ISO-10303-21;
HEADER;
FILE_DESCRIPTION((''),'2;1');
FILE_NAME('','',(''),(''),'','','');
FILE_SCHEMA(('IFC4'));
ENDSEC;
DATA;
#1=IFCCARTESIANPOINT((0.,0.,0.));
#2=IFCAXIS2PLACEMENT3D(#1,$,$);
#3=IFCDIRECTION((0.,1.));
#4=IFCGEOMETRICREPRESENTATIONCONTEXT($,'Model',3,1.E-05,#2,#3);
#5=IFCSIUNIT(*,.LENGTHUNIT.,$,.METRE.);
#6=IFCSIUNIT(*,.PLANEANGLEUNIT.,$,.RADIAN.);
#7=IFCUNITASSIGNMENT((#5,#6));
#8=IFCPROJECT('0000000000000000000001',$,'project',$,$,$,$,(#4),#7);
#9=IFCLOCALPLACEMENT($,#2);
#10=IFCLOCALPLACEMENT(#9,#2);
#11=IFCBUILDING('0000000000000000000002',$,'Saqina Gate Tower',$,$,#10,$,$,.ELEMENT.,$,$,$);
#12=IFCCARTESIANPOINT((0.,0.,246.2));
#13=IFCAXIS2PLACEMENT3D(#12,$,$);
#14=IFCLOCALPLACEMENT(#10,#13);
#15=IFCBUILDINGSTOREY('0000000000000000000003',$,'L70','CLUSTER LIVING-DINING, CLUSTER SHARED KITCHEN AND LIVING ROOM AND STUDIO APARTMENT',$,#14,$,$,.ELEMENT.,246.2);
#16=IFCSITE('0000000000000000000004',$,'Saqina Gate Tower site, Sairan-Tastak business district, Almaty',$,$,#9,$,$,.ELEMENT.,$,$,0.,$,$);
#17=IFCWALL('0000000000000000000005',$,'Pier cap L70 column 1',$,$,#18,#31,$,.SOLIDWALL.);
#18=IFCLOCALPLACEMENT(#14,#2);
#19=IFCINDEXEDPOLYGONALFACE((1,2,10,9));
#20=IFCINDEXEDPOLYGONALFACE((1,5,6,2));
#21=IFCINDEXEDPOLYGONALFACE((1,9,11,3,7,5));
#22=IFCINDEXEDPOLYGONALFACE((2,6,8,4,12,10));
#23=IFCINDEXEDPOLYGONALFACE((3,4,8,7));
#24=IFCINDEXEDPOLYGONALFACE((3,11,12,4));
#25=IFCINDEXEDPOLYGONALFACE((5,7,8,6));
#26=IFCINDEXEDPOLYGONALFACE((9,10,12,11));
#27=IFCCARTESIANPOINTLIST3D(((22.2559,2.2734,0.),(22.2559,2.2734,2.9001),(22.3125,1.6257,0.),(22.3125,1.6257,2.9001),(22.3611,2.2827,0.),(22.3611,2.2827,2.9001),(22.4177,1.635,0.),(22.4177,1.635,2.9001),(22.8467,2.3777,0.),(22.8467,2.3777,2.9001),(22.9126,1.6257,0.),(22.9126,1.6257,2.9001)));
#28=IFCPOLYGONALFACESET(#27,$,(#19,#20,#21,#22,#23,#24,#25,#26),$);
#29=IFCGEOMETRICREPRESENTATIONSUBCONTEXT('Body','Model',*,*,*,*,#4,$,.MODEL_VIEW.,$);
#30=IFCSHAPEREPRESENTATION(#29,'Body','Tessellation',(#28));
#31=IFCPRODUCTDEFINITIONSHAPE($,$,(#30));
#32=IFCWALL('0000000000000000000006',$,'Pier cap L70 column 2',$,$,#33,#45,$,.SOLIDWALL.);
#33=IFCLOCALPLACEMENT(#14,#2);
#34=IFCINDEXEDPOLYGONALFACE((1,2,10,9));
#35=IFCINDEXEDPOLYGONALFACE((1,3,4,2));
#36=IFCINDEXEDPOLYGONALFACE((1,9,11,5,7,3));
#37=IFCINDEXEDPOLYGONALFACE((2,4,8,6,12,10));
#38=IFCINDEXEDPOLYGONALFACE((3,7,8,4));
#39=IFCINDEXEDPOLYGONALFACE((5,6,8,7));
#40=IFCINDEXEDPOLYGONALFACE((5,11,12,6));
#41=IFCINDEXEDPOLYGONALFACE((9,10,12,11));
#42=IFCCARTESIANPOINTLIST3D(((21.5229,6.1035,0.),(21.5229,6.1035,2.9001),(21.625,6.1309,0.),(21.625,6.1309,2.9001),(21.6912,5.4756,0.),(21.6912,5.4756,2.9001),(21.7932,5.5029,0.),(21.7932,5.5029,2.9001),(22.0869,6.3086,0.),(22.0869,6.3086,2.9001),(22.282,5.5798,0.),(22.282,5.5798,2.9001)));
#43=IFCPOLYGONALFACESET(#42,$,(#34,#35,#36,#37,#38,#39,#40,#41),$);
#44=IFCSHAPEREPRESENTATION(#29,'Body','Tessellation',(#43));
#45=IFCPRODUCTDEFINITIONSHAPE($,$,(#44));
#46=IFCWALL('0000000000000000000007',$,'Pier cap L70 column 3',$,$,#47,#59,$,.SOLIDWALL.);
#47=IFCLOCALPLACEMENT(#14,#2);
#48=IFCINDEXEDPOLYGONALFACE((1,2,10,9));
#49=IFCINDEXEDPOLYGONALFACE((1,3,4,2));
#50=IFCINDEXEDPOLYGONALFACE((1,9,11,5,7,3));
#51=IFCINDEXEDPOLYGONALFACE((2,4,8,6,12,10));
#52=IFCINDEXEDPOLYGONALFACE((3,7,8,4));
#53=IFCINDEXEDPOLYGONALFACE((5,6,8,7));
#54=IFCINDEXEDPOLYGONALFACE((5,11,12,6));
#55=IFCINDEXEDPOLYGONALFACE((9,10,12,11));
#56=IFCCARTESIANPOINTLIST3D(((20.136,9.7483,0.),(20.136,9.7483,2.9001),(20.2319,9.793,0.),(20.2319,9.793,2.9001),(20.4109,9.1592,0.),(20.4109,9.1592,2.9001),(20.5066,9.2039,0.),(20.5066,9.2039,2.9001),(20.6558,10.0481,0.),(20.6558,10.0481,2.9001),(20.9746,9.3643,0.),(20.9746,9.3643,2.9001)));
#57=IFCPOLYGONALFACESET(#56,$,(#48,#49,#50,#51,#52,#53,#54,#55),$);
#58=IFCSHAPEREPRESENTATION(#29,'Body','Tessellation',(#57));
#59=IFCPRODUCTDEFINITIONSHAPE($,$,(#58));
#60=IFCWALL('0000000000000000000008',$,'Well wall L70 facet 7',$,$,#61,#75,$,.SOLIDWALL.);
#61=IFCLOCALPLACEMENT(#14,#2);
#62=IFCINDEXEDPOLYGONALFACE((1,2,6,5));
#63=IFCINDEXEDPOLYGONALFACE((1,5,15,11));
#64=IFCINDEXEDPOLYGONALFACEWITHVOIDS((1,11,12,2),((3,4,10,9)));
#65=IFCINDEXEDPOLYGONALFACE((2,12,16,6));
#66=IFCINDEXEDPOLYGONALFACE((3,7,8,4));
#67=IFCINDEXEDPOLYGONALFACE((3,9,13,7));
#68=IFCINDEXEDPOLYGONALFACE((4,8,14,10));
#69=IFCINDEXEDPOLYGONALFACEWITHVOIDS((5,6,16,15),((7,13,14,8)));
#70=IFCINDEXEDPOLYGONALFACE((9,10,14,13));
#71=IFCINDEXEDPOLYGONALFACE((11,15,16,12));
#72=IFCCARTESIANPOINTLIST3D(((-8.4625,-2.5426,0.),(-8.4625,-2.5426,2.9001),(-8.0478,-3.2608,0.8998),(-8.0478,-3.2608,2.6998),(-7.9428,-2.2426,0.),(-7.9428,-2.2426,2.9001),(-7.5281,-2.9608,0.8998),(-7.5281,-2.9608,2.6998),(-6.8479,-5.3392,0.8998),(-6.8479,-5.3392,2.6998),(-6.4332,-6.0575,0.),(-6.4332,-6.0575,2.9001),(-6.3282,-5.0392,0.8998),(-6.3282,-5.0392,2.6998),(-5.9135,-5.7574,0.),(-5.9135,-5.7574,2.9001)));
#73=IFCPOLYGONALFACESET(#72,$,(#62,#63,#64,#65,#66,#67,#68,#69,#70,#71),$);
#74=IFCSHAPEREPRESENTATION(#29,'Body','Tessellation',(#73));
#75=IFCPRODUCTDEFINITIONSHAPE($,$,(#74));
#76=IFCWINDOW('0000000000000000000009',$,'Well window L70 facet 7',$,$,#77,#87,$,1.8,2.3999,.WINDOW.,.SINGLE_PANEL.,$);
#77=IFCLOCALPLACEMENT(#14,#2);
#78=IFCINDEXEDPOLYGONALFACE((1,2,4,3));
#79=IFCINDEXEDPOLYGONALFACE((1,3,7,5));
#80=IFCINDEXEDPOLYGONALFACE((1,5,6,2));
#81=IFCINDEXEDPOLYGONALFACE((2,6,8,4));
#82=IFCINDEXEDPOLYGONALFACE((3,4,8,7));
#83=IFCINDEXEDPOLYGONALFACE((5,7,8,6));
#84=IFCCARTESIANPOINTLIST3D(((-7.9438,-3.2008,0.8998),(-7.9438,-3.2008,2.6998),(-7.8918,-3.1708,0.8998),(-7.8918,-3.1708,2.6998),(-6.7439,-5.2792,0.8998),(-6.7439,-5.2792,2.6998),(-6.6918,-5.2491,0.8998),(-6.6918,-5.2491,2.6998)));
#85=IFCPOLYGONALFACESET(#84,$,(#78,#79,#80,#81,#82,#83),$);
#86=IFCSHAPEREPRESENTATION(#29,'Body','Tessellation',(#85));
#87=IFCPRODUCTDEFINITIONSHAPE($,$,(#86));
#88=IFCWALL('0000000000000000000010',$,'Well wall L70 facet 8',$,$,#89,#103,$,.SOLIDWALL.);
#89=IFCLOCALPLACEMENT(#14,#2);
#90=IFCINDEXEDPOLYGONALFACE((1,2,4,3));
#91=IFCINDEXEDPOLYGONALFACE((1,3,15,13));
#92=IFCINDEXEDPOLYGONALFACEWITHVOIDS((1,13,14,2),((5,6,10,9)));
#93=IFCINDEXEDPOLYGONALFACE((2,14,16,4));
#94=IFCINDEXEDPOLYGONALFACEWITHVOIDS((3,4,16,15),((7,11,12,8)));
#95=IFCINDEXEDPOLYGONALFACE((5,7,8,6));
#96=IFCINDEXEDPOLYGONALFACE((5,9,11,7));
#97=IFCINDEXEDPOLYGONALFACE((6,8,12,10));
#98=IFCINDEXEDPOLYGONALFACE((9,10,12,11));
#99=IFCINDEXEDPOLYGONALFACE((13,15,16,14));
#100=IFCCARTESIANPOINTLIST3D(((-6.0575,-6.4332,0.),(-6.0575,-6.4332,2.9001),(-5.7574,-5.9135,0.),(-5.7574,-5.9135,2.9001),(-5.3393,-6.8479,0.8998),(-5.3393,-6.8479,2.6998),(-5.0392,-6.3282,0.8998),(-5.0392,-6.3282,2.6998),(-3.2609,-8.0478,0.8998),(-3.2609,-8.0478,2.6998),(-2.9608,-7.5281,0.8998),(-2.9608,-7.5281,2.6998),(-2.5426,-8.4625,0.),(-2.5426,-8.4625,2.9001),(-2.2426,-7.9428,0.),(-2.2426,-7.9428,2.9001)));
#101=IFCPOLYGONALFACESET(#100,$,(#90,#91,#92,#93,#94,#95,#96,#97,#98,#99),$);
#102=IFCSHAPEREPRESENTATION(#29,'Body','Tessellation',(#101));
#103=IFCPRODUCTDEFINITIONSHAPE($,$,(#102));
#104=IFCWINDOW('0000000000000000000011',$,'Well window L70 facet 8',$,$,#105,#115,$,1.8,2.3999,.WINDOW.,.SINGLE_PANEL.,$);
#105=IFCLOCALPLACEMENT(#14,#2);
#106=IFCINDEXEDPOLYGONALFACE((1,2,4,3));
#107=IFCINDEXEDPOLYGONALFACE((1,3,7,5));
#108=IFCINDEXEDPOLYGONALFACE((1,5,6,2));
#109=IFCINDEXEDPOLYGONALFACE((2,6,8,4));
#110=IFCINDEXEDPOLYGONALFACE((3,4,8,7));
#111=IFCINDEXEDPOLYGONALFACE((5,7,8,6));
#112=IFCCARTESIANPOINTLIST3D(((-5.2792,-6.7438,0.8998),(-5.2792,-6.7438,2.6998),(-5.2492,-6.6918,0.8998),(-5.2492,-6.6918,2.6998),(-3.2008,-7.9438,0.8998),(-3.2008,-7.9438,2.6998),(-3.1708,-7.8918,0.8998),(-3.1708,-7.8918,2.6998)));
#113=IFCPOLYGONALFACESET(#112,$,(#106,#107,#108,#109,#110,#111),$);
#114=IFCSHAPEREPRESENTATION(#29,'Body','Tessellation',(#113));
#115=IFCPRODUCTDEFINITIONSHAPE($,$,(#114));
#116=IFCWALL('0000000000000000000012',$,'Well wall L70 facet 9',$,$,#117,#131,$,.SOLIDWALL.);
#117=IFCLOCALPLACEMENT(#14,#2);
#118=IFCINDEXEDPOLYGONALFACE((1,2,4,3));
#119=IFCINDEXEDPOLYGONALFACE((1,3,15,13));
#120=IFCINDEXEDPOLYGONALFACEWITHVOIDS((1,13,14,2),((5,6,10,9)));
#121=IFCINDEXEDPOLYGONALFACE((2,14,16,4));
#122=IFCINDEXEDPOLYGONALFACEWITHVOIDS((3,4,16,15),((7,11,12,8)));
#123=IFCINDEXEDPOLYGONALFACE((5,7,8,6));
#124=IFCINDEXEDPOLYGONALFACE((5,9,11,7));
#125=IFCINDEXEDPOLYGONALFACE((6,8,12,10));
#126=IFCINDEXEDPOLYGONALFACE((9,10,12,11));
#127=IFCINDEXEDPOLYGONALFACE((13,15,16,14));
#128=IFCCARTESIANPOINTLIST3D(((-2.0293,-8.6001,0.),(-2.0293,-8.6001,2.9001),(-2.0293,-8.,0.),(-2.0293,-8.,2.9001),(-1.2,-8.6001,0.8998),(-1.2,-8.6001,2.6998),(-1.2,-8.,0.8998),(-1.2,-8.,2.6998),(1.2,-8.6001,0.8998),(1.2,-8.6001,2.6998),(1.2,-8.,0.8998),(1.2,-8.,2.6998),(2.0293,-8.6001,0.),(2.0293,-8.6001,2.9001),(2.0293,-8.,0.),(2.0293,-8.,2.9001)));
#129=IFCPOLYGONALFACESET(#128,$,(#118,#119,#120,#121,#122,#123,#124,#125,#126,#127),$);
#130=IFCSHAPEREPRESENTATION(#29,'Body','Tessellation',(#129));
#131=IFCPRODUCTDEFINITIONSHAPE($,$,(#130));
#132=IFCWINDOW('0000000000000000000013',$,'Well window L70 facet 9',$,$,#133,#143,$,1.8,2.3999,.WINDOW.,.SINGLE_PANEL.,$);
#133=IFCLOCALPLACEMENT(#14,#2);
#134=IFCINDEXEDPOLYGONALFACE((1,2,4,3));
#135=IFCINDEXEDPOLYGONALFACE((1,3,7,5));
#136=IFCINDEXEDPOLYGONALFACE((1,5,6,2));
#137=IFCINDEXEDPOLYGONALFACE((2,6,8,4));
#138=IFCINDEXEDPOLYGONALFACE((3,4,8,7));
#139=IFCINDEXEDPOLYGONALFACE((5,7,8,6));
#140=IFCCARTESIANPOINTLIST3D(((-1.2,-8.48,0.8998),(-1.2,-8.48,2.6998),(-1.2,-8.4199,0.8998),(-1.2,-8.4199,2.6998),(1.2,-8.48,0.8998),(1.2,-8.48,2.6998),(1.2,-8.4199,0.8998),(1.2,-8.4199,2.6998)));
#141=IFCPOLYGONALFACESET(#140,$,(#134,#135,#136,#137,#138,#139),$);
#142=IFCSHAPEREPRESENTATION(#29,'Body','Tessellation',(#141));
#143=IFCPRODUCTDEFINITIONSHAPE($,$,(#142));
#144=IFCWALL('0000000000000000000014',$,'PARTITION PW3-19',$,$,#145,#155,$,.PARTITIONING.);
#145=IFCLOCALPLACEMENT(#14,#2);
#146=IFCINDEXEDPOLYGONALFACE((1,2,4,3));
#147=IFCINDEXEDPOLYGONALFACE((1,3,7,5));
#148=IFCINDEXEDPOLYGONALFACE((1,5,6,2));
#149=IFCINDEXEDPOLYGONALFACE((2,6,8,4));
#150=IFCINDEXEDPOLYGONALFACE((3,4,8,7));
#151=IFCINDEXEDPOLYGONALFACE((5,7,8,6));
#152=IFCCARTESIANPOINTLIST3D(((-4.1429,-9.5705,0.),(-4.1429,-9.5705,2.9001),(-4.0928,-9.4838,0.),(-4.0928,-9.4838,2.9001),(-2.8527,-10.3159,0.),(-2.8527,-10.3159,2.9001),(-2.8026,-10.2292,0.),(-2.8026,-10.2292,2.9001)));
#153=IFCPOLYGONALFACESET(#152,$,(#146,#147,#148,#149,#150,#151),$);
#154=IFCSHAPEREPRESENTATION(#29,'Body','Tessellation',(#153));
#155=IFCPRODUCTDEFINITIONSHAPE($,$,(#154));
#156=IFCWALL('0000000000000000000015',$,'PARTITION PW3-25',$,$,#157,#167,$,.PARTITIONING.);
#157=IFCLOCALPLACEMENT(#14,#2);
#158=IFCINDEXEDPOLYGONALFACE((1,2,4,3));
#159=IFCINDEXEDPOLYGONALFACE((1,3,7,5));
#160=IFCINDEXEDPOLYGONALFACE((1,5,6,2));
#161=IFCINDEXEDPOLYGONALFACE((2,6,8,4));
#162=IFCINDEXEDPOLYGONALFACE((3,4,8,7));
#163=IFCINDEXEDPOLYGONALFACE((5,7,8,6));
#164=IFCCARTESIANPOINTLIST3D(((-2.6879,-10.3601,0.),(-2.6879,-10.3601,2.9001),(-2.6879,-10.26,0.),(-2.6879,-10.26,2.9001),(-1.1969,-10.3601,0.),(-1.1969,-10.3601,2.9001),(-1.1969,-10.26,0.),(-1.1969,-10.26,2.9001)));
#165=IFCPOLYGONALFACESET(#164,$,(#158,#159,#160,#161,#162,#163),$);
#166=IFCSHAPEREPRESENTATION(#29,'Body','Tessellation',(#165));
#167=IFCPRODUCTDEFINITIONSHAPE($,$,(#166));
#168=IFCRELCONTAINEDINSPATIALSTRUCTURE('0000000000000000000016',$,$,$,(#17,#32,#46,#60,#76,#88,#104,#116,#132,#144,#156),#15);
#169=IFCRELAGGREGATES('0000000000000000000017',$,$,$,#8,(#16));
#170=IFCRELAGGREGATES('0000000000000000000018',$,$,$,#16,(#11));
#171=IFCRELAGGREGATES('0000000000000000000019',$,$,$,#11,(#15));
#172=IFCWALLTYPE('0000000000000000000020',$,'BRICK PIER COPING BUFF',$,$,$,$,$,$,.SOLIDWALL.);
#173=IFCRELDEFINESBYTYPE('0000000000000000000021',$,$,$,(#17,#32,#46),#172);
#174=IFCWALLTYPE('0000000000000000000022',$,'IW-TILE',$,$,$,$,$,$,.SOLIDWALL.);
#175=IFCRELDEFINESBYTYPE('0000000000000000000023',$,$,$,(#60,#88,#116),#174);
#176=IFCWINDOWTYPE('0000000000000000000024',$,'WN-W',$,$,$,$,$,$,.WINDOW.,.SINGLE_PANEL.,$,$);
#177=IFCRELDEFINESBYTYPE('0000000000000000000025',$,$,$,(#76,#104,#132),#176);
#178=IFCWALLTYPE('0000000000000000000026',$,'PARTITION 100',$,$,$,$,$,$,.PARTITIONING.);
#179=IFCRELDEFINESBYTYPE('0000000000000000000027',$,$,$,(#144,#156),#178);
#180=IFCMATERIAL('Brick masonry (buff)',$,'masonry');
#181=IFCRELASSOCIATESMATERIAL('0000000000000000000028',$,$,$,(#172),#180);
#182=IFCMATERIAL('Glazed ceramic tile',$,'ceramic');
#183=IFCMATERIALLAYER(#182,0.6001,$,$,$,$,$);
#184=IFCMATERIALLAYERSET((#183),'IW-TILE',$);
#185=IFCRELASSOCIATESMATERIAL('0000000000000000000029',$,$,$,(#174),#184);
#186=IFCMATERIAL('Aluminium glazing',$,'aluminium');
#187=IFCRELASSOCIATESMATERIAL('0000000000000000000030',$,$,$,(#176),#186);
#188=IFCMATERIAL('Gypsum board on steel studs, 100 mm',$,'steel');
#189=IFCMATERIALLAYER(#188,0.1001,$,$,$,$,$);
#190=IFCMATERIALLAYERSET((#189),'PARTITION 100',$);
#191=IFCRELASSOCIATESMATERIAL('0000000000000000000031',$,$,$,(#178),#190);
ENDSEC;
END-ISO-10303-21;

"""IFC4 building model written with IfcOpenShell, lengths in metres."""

from ifc_helpers import new_model, si_unit, direction, frame, frame_2d, origin, place, context, subcontext, project, spatial, polyline, rectangle, outline, extrude, material, layer, layer_set, type_object, element, fill, save


model = new_model("IFC4")

# Units and contexts
model_context = context("Model", 3, precision=1e-05, world=origin(), true_north=direction((0.0, 1.0)))
body_context = subcontext(model_context, "Body", "Model", "MODEL_VIEW")
ifc_project = project(units=[si_unit("LENGTHUNIT", "METRE"), si_unit("PLANEANGLEUNIT", "RADIAN")], contexts=[model_context])

# Site, building, storey
site_placement = place(None, origin())
site = spatial("IfcSite", under=ifc_project, at=site_placement, Name="Saqina Gate Tower site, Sairan-Tastak business district, Almaty", CompositionType="ELEMENT", RefElevation=0.0)
building_placement = place(site_placement, origin())
building = spatial("IfcBuilding", under=site, at=building_placement, Name="Saqina Gate Tower", CompositionType="ELEMENT")
storey_placement = place(building_placement, frame((0.0, 0.0, 246.2)))
storey = spatial("IfcBuildingStorey", under=building, at=storey_placement, Name="L70", Description="CLUSTER LIVING-DINING, CLUSTER SHARED KITCHEN AND LIVING ROOM AND STUDIO APARTMENT", CompositionType="ELEMENT", Elevation=246.2)

# Walls
ifc_material_1 = material(Name="Brick masonry (buff)", Category="masonry")
wall_type_1 = type_object("IfcWallType", Name="BRICK PIER COPING BUFF", PredefinedType="SOLIDWALL", material=ifc_material_1)
wall_1_placement = place(storey_placement, origin())
element("IfcWall", 1, at=wall_1_placement, inside=storey, type_object=wall_type_1, Name="Pier cap L70 column 1", PredefinedType="SOLIDWALL", context=body_context, shape_type="SweptSolid", body=[
    extrude(outline(polyline([(22.9126, 1.6257), (22.8467, 2.3777), (22.2559, 2.2734), (22.3611, 2.2827), (22.4177, 1.635), (22.3125, 1.6257), (22.9126, 1.6257)])), origin(), (0.0, 0.0, 1.0), 2.9001),
])
wall_2_placement = place(storey_placement, origin())
element("IfcWall", 2, at=wall_2_placement, inside=storey, type_object=wall_type_1, Name="Pier cap L70 column 2", PredefinedType="SOLIDWALL", context=body_context, shape_type="SweptSolid", body=[
    extrude(outline(polyline([(22.0869, 6.3086), (21.5229, 6.1035), (21.625, 6.1309), (21.7932, 5.5029), (21.6912, 5.4756), (22.282, 5.5798), (22.0869, 6.3086)])), origin(), (0.0, 0.0, 1.0), 2.9001),
])
wall_3_placement = place(storey_placement, origin())
element("IfcWall", 3, at=wall_3_placement, inside=storey, type_object=wall_type_1, Name="Pier cap L70 column 3", PredefinedType="SOLIDWALL", context=body_context, shape_type="SweptSolid", body=[
    extrude(outline(polyline([(20.9746, 9.3643), (20.6558, 10.0481), (20.136, 9.7483), (20.2319, 9.793), (20.5066, 9.2039), (20.4109, 9.1592), (20.9746, 9.3643)])), origin(), (0.0, 0.0, 1.0), 2.9001),
])

# Walls, openings, windows
ifc_material_2 = material(Name="Glazed ceramic tile", Category="ceramic")
ifc_layer_1 = layer(ifc_material_2, 0.6001)
ifc_layer_set_1 = layer_set([ifc_layer_1], Name="IW-TILE")
wall_type_2 = type_object("IfcWallType", Name="IW-TILE", PredefinedType="SOLIDWALL", material=ifc_layer_set_1)
wall_4_placement = place(storey_placement, frame((-8.2026, -2.3926, 0.0), z_axis=(0.0, 0.0, 1.0), x_axis=(0.499995, -0.866028, 0.0)))
wall_4 = element("IfcWall", 4, at=wall_4_placement, inside=storey, type_object=wall_type_2, Name="Well wall L70 facet 7", PredefinedType="SOLIDWALL", context=body_context, shape_type="SweptSolid", body=[
    extrude(rectangle(XDim=4.0586, YDim=0.6001, at=frame_2d((2.0293, 0.0))), origin(), (0.0, 0.0, 1.0), 2.9001),
])
opening_1_placement = place(wall_4_placement, frame((0.8293, 0.0, 0.8999)))
opening_1 = element("IfcOpeningElement", 5, at=opening_1_placement, cuts=wall_4, PredefinedType="OPENING", context=body_context, shape_type="SweptSolid", body=[
    extrude(rectangle(XDim=2.3999, YDim=1.8, at=frame_2d((1.2, 0.8999))), frame((0.0, 0.312, 0.0), z_axis=(0.0, -1.0, 0.0), x_axis=(1.0, 0.0, 0.0)), (0.0, 0.0, 1.0), 0.624),
])
ifc_material_3 = material(Name="Aluminium glazing", Category="aluminium")
window_type = type_object("IfcWindowType", Name="WN-W", PartitioningType="SINGLE_PANEL", PredefinedType="WINDOW", material=ifc_material_3)
window_1_placement = place(opening_1_placement, origin())
window_1 = element("IfcWindow", 6, at=window_1_placement, inside=storey, type_object=window_type, Name="Well window L70 facet 7", OverallHeight=1.8, OverallWidth=2.3999, PartitioningType="SINGLE_PANEL", PredefinedType="WINDOW", context=body_context, shape_type="SweptSolid", body=[
    extrude(rectangle(XDim=2.3999, YDim=1.8, at=frame_2d((1.2, 0.8999))), frame((0.0, -0.1199, 0.0), z_axis=(0.0, -1.0, 0.0), x_axis=(1.0, 0.0, 0.0)), (0.0, 0.0, 1.0), 0.0601),
])
fill(opening_1, window_1)
wall_5_placement = place(storey_placement, frame((-5.9075, -6.1733, 0.0), z_axis=(0.0, 0.0, 1.0), x_axis=(0.866028, -0.499995, 0.0)))
wall_5 = element("IfcWall", 7, at=wall_5_placement, inside=storey, type_object=wall_type_2, Name="Well wall L70 facet 8", PredefinedType="SOLIDWALL", context=body_context, shape_type="SweptSolid", body=[
    extrude(rectangle(XDim=4.0586, YDim=0.6001, at=frame_2d((2.0293, 0.0))), origin(), (0.0, 0.0, 1.0), 2.9001),
])
opening_2_placement = place(wall_5_placement, frame((0.8293, 0.0, 0.8999)))
opening_2 = element("IfcOpeningElement", 8, at=opening_2_placement, cuts=wall_5, PredefinedType="OPENING", context=body_context, shape_type="SweptSolid", body=[
    extrude(rectangle(XDim=2.3999, YDim=1.8, at=frame_2d((1.2, 0.8999))), frame((0.0, 0.312, 0.0), z_axis=(0.0, -1.0, 0.0), x_axis=(1.0, 0.0, 0.0)), (0.0, 0.0, 1.0), 0.624),
])
window_2_placement = place(opening_2_placement, origin())
window_2 = element("IfcWindow", 9, at=window_2_placement, inside=storey, type_object=window_type, Name="Well window L70 facet 8", OverallHeight=1.8, OverallWidth=2.3999, PartitioningType="SINGLE_PANEL", PredefinedType="WINDOW", context=body_context, shape_type="SweptSolid", body=[
    extrude(rectangle(XDim=2.3999, YDim=1.8, at=frame_2d((1.2, 0.8999))), frame((0.0, -0.1199, 0.0), z_axis=(0.0, -1.0, 0.0), x_axis=(1.0, 0.0, 0.0)), (0.0, 0.0, 1.0), 0.0601),
])
fill(opening_2, window_2)
wall_6_placement = place(storey_placement, frame((-2.0293, -8.3, 0.0), z_axis=(0.0, 0.0, 1.0), x_axis=(1.0, 0.0, 0.0)))
wall_6 = element("IfcWall", 10, at=wall_6_placement, inside=storey, type_object=wall_type_2, Name="Well wall L70 facet 9", PredefinedType="SOLIDWALL", context=body_context, shape_type="SweptSolid", body=[
    extrude(rectangle(XDim=4.0586, YDim=0.6001, at=frame_2d((2.0293, 0.0))), origin(), (0.0, 0.0, 1.0), 2.9001),
])
opening_3_placement = place(wall_6_placement, frame((0.8293, 0.0, 0.8999)))
opening_3 = element("IfcOpeningElement", 11, at=opening_3_placement, cuts=wall_6, PredefinedType="OPENING", context=body_context, shape_type="SweptSolid", body=[
    extrude(rectangle(XDim=2.3999, YDim=1.8, at=frame_2d((1.2, 0.8999))), frame((0.0, 0.312, 0.0), z_axis=(0.0, -1.0, 0.0), x_axis=(1.0, 0.0, 0.0)), (0.0, 0.0, 1.0), 0.624),
])
window_3_placement = place(opening_3_placement, origin())
window_3 = element("IfcWindow", 12, at=window_3_placement, inside=storey, type_object=window_type, Name="Well window L70 facet 9", OverallHeight=1.8, OverallWidth=2.3999, PartitioningType="SINGLE_PANEL", PredefinedType="WINDOW", context=body_context, shape_type="SweptSolid", body=[
    extrude(rectangle(XDim=2.3999, YDim=1.8, at=frame_2d((1.2, 0.8999))), frame((0.0, -0.1199, 0.0), z_axis=(0.0, -1.0, 0.0), x_axis=(1.0, 0.0, 0.0)), (0.0, 0.0, 1.0), 0.0601),
])
fill(opening_3, window_3)

# Walls
ifc_material_4 = material(Name="Gypsum board on steel studs, 100 mm", Category="steel")
ifc_layer_2 = layer(ifc_material_4, 0.1001)
ifc_layer_set_2 = layer_set([ifc_layer_2], Name="PARTITION 100")
wall_type_3 = type_object("IfcWallType", Name="PARTITION 100", PredefinedType="PARTITIONING", material=ifc_layer_set_2)
wall_7_placement = place(storey_placement, frame((-4.1179, -9.5271, 0.0), z_axis=(0.0, 0.0, 1.0), x_axis=(0.865863, -0.50028, 0.0)))
element("IfcWall", 13, at=wall_7_placement, inside=storey, type_object=wall_type_3, Name="PARTITION PW3-19", PredefinedType="PARTITIONING", context=body_context, shape_type="SweptSolid", body=[
    extrude(rectangle(XDim=1.49, YDim=0.1001, at=frame_2d((0.7451, 0.0))), origin(), (0.0, 0.0, 1.0), 2.9001),
])
wall_8_placement = place(storey_placement, frame((-2.688, -10.3101, 0.0), z_axis=(0.0, 0.0, 1.0), x_axis=(1.0, 0.0, 0.0)))
element("IfcWall", 14, at=wall_8_placement, inside=storey, type_object=wall_type_3, Name="PARTITION PW3-25", PredefinedType="PARTITIONING", context=body_context, shape_type="SweptSolid", body=[
    extrude(rectangle(XDim=1.491, YDim=0.1001, at=frame_2d((0.7456, 0.0))), origin(), (0.0, 0.0, 1.0), 2.9001),
])

save(model, "model.ifc")
